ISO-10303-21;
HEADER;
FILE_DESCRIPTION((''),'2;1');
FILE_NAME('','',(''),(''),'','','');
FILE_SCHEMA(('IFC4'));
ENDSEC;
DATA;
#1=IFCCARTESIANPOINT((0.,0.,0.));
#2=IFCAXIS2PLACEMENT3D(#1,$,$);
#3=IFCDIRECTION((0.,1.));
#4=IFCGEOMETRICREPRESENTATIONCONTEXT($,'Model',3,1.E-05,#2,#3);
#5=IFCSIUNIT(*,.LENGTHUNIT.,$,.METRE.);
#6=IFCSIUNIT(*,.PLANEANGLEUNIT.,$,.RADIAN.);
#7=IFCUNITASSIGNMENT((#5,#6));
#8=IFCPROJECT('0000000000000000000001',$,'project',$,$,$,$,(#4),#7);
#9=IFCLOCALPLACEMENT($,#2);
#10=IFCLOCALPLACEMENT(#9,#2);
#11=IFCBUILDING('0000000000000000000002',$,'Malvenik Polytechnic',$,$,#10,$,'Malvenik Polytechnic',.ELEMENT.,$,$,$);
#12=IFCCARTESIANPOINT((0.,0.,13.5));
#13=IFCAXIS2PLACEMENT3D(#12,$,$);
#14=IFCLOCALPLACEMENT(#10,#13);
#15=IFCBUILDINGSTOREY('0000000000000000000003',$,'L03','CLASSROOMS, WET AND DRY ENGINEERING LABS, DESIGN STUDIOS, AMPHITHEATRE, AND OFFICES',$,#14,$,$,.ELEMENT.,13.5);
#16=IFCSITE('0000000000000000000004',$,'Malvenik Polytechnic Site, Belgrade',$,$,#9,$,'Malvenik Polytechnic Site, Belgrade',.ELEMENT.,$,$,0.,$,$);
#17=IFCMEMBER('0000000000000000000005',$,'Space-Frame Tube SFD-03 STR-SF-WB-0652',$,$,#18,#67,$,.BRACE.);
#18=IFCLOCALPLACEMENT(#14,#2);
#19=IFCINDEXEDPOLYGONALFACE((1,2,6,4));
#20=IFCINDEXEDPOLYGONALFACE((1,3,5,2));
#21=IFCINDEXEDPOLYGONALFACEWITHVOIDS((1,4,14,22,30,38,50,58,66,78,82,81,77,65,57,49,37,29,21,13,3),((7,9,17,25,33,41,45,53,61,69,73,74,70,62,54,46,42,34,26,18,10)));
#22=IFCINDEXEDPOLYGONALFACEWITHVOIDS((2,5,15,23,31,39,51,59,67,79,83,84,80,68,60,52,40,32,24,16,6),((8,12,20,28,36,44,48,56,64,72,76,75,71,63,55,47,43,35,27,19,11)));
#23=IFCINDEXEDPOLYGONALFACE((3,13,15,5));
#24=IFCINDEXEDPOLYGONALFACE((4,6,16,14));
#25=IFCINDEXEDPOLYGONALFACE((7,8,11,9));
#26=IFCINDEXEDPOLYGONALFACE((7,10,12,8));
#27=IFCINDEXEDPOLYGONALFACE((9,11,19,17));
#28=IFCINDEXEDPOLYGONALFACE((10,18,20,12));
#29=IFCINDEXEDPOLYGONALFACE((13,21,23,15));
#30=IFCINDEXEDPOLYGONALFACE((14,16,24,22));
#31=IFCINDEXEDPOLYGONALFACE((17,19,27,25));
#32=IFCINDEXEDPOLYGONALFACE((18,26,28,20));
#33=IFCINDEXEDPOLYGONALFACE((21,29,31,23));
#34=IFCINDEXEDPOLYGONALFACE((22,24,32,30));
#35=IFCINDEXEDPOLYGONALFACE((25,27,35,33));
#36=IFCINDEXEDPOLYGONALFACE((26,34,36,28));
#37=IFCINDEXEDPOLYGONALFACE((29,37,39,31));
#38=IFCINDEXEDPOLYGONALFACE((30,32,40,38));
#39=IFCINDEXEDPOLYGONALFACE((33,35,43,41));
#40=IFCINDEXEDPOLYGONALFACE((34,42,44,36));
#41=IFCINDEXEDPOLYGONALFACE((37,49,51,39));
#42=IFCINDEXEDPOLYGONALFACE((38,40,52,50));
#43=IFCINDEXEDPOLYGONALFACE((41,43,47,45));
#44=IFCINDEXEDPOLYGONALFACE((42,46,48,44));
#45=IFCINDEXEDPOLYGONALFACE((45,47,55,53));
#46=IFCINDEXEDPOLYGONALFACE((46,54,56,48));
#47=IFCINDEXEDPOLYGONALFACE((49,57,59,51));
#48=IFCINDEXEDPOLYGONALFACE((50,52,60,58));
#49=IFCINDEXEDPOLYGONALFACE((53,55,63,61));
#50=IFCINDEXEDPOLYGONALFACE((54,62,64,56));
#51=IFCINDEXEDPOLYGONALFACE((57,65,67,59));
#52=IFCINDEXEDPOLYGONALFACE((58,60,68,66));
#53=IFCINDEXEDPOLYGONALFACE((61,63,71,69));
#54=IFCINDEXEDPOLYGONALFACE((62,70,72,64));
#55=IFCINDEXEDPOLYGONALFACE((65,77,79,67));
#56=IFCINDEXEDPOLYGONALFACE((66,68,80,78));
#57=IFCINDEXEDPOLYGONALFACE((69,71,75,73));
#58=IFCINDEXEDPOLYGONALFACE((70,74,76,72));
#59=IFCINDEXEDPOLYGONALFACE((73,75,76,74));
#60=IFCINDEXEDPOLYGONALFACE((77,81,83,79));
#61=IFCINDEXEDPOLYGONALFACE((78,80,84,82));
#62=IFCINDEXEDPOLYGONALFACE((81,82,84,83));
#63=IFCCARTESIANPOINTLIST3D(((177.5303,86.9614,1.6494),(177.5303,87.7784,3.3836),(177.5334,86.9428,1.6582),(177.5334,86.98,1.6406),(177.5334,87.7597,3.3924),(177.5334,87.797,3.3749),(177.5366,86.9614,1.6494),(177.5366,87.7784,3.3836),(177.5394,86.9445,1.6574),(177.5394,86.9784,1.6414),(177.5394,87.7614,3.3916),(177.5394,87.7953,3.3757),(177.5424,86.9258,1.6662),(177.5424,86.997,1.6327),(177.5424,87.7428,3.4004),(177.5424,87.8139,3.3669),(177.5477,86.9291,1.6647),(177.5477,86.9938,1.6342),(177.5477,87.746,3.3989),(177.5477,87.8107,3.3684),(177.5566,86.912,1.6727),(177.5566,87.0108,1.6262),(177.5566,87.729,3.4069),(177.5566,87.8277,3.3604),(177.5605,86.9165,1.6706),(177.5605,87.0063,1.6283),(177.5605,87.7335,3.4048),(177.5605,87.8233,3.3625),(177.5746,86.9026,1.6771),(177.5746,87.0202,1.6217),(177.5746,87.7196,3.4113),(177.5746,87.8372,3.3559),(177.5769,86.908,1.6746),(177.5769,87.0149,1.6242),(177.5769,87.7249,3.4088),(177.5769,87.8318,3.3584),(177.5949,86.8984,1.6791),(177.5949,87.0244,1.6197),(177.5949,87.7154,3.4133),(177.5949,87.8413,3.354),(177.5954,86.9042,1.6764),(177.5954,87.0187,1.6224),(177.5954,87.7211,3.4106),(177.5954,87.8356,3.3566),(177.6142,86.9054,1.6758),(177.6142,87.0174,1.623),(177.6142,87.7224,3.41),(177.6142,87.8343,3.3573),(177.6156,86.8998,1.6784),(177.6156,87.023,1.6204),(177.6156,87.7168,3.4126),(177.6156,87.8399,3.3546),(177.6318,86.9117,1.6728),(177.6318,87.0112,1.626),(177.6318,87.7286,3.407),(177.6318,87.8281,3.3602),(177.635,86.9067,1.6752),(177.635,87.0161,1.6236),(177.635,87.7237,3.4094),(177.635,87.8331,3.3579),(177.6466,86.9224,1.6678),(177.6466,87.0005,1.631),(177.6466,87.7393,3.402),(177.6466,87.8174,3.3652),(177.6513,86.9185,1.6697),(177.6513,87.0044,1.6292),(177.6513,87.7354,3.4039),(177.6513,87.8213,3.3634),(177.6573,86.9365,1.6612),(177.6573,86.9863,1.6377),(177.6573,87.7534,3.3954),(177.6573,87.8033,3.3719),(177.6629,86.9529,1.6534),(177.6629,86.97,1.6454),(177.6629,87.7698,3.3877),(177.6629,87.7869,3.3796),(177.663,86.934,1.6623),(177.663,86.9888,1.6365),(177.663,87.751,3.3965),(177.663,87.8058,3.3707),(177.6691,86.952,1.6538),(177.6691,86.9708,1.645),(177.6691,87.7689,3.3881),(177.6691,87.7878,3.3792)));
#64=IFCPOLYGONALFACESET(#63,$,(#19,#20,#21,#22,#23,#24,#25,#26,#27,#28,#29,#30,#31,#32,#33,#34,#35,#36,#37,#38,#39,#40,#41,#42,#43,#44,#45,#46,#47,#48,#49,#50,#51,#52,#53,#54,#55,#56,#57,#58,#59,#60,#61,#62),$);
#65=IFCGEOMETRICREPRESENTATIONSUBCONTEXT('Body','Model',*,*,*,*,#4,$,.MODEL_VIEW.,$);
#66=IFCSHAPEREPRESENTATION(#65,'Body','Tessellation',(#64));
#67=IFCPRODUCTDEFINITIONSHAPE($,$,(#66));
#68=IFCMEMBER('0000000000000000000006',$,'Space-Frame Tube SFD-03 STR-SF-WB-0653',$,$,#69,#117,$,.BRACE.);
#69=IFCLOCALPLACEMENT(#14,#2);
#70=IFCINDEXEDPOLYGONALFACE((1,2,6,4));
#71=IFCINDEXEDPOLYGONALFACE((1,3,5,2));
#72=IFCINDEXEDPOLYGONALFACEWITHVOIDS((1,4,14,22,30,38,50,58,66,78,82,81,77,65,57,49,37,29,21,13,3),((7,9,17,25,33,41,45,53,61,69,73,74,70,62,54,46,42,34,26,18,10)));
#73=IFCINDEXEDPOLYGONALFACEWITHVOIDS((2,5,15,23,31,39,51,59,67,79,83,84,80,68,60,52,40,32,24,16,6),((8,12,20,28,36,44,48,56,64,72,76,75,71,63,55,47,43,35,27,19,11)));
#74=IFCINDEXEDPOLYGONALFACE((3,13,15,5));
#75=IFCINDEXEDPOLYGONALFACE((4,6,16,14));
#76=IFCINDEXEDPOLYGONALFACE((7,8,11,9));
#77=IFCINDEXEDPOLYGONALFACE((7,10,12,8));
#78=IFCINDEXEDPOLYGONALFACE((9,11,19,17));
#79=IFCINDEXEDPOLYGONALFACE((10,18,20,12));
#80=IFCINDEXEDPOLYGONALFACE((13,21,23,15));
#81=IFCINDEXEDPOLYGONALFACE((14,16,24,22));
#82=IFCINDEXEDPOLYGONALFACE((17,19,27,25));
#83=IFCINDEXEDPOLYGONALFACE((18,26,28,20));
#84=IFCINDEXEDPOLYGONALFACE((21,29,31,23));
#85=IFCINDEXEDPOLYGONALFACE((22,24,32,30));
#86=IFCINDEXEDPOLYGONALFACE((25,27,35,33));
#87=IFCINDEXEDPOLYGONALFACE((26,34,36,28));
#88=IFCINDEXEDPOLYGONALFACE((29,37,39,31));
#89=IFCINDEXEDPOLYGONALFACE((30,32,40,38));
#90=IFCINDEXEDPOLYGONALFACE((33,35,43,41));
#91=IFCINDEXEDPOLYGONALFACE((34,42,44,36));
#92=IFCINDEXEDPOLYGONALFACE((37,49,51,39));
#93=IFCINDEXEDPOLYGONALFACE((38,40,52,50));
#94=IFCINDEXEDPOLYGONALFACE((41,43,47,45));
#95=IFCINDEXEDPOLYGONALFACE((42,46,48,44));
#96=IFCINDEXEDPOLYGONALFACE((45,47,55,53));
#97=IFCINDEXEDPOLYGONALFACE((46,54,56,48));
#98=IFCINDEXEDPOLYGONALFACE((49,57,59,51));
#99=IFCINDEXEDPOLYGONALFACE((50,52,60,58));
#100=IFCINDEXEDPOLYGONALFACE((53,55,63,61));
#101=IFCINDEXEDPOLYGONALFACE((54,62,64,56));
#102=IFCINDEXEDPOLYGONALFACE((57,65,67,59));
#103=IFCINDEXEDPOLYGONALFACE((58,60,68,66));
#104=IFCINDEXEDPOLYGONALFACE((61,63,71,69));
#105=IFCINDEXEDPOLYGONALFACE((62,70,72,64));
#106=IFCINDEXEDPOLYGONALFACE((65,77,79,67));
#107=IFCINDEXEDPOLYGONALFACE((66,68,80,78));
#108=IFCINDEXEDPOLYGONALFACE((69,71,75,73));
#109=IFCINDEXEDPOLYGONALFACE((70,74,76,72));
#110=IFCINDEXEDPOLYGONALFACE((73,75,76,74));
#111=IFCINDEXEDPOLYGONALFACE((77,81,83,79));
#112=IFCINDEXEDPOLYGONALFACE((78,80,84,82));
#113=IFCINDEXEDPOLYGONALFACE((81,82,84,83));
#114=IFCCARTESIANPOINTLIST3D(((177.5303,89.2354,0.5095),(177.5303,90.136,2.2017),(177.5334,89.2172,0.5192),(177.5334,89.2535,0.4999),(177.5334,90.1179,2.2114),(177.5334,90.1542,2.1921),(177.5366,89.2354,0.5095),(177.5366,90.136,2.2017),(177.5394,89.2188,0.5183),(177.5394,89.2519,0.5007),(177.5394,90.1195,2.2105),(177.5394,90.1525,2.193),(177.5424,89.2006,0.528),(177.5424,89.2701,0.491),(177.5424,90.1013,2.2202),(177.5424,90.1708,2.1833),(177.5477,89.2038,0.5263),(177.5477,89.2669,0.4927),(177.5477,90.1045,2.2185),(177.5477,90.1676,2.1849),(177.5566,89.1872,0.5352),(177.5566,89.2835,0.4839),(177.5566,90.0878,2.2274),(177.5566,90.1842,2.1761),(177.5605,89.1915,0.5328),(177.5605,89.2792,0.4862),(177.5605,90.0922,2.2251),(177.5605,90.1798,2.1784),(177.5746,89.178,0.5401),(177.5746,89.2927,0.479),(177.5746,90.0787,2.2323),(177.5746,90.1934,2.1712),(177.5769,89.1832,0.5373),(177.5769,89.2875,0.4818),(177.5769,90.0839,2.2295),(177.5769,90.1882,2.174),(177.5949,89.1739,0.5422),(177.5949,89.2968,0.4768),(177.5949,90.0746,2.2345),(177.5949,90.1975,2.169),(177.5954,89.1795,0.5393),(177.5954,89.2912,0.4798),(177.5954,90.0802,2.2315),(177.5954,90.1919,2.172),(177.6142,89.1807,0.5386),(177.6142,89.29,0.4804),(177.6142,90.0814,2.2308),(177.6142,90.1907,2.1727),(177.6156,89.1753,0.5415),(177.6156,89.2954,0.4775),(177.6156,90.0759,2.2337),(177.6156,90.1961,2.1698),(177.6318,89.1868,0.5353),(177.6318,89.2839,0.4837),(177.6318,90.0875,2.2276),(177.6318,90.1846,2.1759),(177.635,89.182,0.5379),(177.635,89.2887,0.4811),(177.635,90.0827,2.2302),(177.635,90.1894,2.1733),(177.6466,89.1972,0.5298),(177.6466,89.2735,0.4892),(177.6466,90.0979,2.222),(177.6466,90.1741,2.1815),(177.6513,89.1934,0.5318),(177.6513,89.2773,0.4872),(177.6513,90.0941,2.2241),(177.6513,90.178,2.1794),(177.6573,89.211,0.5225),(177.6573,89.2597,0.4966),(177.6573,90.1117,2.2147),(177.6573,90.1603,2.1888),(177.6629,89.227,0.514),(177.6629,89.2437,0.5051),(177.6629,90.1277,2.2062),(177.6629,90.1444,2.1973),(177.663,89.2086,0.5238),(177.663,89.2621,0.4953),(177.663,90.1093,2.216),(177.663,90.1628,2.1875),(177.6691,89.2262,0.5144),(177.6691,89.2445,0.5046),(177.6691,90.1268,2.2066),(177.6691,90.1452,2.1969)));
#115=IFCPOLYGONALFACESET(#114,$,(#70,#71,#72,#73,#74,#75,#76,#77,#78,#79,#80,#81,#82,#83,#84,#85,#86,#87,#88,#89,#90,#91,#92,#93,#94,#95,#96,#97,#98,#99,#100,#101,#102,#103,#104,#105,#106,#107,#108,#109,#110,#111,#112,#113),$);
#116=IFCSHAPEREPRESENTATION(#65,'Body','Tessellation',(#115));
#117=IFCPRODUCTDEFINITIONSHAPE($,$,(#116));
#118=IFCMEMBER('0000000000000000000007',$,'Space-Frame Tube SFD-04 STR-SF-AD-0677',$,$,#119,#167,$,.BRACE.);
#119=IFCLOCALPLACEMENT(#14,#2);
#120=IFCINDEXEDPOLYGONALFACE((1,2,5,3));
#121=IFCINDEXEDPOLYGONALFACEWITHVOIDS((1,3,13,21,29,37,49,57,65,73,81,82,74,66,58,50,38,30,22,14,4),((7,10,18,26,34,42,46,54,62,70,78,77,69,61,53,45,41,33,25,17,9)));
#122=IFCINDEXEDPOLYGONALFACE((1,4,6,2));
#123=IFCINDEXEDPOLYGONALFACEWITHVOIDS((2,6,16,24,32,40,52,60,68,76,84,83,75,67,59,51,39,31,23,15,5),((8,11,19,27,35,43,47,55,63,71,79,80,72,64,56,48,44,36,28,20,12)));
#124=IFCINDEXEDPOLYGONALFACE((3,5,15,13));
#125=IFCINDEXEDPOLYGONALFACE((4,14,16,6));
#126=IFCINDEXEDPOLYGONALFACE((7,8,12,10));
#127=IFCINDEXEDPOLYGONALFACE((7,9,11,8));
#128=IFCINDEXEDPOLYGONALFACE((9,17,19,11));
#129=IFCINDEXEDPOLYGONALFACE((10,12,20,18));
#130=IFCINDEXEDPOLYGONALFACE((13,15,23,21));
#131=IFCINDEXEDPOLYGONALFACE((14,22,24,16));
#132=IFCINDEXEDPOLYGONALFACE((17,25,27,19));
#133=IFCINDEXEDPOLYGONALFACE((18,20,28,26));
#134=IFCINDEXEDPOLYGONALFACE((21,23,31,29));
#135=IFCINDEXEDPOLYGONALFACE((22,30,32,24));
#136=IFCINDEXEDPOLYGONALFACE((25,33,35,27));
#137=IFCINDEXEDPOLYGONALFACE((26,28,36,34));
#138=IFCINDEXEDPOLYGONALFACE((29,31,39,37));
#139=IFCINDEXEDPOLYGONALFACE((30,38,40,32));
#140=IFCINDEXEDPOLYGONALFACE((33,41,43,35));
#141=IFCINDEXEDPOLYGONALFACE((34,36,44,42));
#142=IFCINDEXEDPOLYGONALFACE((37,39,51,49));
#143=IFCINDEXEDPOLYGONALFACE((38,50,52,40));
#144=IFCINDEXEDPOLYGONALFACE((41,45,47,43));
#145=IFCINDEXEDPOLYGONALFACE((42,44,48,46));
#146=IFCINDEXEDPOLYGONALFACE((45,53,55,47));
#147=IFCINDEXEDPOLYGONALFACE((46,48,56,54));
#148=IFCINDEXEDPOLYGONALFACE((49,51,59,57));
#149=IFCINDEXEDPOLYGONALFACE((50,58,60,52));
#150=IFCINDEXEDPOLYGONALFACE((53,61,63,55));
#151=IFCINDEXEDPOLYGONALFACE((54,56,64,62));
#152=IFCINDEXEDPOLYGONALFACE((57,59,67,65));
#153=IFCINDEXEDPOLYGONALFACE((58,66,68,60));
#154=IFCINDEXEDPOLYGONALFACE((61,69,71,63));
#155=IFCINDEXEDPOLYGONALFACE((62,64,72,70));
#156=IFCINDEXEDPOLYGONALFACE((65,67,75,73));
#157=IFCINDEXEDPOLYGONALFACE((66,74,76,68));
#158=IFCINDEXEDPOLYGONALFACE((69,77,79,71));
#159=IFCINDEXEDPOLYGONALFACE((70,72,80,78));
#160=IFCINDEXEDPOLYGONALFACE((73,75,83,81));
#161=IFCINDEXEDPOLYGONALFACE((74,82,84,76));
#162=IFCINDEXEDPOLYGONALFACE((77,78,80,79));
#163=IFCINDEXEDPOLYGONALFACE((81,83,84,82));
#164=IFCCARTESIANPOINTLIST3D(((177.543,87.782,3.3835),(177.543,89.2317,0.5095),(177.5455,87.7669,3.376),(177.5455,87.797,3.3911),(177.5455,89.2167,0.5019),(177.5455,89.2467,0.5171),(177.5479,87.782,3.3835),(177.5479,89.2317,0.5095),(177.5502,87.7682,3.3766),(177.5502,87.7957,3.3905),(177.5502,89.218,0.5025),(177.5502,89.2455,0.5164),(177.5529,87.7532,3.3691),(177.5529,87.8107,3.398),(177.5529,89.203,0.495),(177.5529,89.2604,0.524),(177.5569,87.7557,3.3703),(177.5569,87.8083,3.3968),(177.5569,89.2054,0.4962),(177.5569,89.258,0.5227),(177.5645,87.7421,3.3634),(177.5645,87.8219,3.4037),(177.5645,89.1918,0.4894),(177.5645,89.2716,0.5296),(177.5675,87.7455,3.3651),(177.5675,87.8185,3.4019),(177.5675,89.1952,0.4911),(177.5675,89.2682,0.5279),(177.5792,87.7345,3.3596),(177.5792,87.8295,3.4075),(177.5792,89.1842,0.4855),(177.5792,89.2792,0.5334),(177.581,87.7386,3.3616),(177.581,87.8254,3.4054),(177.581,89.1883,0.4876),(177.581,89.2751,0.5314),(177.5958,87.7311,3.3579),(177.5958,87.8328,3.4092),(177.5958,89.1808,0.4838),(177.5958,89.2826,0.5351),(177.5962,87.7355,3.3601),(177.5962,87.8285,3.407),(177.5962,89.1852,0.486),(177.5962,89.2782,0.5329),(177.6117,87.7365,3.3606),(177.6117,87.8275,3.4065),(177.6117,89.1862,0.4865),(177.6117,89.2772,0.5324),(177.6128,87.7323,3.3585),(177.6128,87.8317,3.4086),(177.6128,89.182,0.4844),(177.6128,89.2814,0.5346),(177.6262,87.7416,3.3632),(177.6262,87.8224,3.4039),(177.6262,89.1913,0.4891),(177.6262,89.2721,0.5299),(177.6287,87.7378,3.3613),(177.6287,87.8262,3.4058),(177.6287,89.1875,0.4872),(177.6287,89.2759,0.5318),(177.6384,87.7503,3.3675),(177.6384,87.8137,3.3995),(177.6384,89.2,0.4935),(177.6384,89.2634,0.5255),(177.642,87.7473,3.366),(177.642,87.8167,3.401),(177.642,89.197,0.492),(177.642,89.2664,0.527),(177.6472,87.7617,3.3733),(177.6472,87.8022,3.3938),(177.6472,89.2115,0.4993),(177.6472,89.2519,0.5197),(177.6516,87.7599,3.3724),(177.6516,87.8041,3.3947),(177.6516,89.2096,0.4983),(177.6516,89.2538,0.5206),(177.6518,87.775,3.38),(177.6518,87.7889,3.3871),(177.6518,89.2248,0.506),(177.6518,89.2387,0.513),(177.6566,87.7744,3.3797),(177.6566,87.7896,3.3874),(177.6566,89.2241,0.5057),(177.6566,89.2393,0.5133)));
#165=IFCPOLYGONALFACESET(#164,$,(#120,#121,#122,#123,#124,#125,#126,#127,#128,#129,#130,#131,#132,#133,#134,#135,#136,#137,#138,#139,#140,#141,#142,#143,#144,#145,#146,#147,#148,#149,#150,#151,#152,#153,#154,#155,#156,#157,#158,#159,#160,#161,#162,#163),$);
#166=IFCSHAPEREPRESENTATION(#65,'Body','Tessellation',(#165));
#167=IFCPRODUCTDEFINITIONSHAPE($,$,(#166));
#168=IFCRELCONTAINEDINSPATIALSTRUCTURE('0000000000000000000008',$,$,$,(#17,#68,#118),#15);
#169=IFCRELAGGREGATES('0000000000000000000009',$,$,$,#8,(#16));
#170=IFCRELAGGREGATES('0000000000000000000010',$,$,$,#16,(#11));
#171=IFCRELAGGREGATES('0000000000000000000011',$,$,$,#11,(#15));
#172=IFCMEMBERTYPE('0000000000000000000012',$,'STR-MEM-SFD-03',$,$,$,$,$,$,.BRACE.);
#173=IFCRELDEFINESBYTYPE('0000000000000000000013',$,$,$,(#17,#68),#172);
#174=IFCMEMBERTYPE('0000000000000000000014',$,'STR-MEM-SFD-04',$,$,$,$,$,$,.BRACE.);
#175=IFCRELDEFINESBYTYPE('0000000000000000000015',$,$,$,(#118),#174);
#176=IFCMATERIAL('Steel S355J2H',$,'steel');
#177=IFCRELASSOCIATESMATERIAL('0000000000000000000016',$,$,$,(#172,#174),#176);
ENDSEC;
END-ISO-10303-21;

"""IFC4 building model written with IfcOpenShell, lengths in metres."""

from ifc_helpers import new_model, si_unit, direction, frame, origin, origin_2d, place, context, subcontext, project, spatial, hollow_circle, extrude, material, material_profile, profile_set, type_object, element, save


model = new_model("IFC4")

# Units and contexts
model_context = context("Model", 3, precision=1e-05, world=origin(), true_north=direction((0.0, 1.0)))
body_context = subcontext(model_context, "Body", "Model", "MODEL_VIEW")
ifc_project = project(units=[si_unit("LENGTHUNIT", "METRE"), si_unit("PLANEANGLEUNIT", "RADIAN")], contexts=[model_context])

# Site, building, storey
site_placement = place(None, origin())
site = spatial("IfcSite", under=ifc_project, at=site_placement, Name="Malvenik Polytechnic Site, Belgrade", LongName="Malvenik Polytechnic Site, Belgrade", CompositionType="ELEMENT", RefElevation=0.0)
building_placement = place(site_placement, origin())
building = spatial("IfcBuilding", under=site, at=building_placement, Name="Malvenik Polytechnic", LongName="Malvenik Polytechnic", CompositionType="ELEMENT")
storey_placement = place(building_placement, frame((0.0, 0.0, 13.5)))
storey = spatial("IfcBuildingStorey", under=building, at=storey_placement, Name="L03", Description="CLASSROOMS, WET AND DRY ENGINEERING LABS, DESIGN STUDIOS, AMPHITHEATRE, AND OFFICES", CompositionType="ELEMENT", Elevation=13.5)

# Members
ifc_material_1 = material(Name="Steel S355J2H", Category="steel")
ifc_material_profile_1 = material_profile(ifc_material_1, hollow_circle(Radius=0.0698, WallThickness=0.0063, at=origin_2d()), Name="CHS 139.7x6.3")
ifc_profile_set_1 = profile_set([ifc_material_profile_1], Name="Steel S355J2H")
member_type_1 = type_object("IfcMemberType", Name="STR-MEM-SFD-03", PredefinedType="BRACE", material=ifc_profile_set_1)
for number, where, z_axis, x_axis, name in (
    (1, (177.6001, 86.9614, 1.6494), (0.0, 0.426153, 0.904651), (-1.0, 0.0, 0.0), "Space-Frame Tube SFD-03 STR-SF-WB-0652"),
    (2, (177.6001, 89.2354, 0.5095), (0.0, 0.469841, 0.882751), (-1.0, 0.0, 0.0), "Space-Frame Tube SFD-03 STR-SF-WB-0653"),
):
    element("IfcMember", number, at=place(storey_placement, frame(where, z_axis=z_axis, x_axis=x_axis)), inside=storey, type_object=member_type_1, Name=name, PredefinedType="BRACE", context=body_context, shape_type="SweptSolid", body=[
        extrude(hollow_circle(Radius=0.0698, WallThickness=0.0063, at=origin_2d()), origin(), (0.0, 0.0, 1.0), 1.917),
    ])
ifc_material_profile_2 = material_profile(ifc_material_1, hollow_circle(Radius=0.0571, WallThickness=0.0049, at=origin_2d()), Name="CHS 114.3x5.0")
ifc_profile_set_2 = profile_set([ifc_material_profile_2], Name="Steel S355J2H")
member_type_2 = type_object("IfcMemberType", Name="STR-MEM-SFD-04", PredefinedType="BRACE", material=ifc_profile_set_2)
member_1_placement = place(storey_placement, frame((177.6001, 87.782, 3.3835), z_axis=(0.0, 0.450366, -0.892844), x_axis=(-1.0, 0.0, 0.0)))
element("IfcMember", 3, at=member_1_placement, inside=storey, type_object=member_type_2, Name="Space-Frame Tube SFD-04 STR-SF-AD-0677", PredefinedType="BRACE", context=body_context, shape_type="SweptSolid", body=[
    extrude(hollow_circle(Radius=0.0571, WallThickness=0.0049, at=origin_2d()), origin(), (0.0, 0.0, 1.0), 3.219),
])

save(model, "model.ifc")
